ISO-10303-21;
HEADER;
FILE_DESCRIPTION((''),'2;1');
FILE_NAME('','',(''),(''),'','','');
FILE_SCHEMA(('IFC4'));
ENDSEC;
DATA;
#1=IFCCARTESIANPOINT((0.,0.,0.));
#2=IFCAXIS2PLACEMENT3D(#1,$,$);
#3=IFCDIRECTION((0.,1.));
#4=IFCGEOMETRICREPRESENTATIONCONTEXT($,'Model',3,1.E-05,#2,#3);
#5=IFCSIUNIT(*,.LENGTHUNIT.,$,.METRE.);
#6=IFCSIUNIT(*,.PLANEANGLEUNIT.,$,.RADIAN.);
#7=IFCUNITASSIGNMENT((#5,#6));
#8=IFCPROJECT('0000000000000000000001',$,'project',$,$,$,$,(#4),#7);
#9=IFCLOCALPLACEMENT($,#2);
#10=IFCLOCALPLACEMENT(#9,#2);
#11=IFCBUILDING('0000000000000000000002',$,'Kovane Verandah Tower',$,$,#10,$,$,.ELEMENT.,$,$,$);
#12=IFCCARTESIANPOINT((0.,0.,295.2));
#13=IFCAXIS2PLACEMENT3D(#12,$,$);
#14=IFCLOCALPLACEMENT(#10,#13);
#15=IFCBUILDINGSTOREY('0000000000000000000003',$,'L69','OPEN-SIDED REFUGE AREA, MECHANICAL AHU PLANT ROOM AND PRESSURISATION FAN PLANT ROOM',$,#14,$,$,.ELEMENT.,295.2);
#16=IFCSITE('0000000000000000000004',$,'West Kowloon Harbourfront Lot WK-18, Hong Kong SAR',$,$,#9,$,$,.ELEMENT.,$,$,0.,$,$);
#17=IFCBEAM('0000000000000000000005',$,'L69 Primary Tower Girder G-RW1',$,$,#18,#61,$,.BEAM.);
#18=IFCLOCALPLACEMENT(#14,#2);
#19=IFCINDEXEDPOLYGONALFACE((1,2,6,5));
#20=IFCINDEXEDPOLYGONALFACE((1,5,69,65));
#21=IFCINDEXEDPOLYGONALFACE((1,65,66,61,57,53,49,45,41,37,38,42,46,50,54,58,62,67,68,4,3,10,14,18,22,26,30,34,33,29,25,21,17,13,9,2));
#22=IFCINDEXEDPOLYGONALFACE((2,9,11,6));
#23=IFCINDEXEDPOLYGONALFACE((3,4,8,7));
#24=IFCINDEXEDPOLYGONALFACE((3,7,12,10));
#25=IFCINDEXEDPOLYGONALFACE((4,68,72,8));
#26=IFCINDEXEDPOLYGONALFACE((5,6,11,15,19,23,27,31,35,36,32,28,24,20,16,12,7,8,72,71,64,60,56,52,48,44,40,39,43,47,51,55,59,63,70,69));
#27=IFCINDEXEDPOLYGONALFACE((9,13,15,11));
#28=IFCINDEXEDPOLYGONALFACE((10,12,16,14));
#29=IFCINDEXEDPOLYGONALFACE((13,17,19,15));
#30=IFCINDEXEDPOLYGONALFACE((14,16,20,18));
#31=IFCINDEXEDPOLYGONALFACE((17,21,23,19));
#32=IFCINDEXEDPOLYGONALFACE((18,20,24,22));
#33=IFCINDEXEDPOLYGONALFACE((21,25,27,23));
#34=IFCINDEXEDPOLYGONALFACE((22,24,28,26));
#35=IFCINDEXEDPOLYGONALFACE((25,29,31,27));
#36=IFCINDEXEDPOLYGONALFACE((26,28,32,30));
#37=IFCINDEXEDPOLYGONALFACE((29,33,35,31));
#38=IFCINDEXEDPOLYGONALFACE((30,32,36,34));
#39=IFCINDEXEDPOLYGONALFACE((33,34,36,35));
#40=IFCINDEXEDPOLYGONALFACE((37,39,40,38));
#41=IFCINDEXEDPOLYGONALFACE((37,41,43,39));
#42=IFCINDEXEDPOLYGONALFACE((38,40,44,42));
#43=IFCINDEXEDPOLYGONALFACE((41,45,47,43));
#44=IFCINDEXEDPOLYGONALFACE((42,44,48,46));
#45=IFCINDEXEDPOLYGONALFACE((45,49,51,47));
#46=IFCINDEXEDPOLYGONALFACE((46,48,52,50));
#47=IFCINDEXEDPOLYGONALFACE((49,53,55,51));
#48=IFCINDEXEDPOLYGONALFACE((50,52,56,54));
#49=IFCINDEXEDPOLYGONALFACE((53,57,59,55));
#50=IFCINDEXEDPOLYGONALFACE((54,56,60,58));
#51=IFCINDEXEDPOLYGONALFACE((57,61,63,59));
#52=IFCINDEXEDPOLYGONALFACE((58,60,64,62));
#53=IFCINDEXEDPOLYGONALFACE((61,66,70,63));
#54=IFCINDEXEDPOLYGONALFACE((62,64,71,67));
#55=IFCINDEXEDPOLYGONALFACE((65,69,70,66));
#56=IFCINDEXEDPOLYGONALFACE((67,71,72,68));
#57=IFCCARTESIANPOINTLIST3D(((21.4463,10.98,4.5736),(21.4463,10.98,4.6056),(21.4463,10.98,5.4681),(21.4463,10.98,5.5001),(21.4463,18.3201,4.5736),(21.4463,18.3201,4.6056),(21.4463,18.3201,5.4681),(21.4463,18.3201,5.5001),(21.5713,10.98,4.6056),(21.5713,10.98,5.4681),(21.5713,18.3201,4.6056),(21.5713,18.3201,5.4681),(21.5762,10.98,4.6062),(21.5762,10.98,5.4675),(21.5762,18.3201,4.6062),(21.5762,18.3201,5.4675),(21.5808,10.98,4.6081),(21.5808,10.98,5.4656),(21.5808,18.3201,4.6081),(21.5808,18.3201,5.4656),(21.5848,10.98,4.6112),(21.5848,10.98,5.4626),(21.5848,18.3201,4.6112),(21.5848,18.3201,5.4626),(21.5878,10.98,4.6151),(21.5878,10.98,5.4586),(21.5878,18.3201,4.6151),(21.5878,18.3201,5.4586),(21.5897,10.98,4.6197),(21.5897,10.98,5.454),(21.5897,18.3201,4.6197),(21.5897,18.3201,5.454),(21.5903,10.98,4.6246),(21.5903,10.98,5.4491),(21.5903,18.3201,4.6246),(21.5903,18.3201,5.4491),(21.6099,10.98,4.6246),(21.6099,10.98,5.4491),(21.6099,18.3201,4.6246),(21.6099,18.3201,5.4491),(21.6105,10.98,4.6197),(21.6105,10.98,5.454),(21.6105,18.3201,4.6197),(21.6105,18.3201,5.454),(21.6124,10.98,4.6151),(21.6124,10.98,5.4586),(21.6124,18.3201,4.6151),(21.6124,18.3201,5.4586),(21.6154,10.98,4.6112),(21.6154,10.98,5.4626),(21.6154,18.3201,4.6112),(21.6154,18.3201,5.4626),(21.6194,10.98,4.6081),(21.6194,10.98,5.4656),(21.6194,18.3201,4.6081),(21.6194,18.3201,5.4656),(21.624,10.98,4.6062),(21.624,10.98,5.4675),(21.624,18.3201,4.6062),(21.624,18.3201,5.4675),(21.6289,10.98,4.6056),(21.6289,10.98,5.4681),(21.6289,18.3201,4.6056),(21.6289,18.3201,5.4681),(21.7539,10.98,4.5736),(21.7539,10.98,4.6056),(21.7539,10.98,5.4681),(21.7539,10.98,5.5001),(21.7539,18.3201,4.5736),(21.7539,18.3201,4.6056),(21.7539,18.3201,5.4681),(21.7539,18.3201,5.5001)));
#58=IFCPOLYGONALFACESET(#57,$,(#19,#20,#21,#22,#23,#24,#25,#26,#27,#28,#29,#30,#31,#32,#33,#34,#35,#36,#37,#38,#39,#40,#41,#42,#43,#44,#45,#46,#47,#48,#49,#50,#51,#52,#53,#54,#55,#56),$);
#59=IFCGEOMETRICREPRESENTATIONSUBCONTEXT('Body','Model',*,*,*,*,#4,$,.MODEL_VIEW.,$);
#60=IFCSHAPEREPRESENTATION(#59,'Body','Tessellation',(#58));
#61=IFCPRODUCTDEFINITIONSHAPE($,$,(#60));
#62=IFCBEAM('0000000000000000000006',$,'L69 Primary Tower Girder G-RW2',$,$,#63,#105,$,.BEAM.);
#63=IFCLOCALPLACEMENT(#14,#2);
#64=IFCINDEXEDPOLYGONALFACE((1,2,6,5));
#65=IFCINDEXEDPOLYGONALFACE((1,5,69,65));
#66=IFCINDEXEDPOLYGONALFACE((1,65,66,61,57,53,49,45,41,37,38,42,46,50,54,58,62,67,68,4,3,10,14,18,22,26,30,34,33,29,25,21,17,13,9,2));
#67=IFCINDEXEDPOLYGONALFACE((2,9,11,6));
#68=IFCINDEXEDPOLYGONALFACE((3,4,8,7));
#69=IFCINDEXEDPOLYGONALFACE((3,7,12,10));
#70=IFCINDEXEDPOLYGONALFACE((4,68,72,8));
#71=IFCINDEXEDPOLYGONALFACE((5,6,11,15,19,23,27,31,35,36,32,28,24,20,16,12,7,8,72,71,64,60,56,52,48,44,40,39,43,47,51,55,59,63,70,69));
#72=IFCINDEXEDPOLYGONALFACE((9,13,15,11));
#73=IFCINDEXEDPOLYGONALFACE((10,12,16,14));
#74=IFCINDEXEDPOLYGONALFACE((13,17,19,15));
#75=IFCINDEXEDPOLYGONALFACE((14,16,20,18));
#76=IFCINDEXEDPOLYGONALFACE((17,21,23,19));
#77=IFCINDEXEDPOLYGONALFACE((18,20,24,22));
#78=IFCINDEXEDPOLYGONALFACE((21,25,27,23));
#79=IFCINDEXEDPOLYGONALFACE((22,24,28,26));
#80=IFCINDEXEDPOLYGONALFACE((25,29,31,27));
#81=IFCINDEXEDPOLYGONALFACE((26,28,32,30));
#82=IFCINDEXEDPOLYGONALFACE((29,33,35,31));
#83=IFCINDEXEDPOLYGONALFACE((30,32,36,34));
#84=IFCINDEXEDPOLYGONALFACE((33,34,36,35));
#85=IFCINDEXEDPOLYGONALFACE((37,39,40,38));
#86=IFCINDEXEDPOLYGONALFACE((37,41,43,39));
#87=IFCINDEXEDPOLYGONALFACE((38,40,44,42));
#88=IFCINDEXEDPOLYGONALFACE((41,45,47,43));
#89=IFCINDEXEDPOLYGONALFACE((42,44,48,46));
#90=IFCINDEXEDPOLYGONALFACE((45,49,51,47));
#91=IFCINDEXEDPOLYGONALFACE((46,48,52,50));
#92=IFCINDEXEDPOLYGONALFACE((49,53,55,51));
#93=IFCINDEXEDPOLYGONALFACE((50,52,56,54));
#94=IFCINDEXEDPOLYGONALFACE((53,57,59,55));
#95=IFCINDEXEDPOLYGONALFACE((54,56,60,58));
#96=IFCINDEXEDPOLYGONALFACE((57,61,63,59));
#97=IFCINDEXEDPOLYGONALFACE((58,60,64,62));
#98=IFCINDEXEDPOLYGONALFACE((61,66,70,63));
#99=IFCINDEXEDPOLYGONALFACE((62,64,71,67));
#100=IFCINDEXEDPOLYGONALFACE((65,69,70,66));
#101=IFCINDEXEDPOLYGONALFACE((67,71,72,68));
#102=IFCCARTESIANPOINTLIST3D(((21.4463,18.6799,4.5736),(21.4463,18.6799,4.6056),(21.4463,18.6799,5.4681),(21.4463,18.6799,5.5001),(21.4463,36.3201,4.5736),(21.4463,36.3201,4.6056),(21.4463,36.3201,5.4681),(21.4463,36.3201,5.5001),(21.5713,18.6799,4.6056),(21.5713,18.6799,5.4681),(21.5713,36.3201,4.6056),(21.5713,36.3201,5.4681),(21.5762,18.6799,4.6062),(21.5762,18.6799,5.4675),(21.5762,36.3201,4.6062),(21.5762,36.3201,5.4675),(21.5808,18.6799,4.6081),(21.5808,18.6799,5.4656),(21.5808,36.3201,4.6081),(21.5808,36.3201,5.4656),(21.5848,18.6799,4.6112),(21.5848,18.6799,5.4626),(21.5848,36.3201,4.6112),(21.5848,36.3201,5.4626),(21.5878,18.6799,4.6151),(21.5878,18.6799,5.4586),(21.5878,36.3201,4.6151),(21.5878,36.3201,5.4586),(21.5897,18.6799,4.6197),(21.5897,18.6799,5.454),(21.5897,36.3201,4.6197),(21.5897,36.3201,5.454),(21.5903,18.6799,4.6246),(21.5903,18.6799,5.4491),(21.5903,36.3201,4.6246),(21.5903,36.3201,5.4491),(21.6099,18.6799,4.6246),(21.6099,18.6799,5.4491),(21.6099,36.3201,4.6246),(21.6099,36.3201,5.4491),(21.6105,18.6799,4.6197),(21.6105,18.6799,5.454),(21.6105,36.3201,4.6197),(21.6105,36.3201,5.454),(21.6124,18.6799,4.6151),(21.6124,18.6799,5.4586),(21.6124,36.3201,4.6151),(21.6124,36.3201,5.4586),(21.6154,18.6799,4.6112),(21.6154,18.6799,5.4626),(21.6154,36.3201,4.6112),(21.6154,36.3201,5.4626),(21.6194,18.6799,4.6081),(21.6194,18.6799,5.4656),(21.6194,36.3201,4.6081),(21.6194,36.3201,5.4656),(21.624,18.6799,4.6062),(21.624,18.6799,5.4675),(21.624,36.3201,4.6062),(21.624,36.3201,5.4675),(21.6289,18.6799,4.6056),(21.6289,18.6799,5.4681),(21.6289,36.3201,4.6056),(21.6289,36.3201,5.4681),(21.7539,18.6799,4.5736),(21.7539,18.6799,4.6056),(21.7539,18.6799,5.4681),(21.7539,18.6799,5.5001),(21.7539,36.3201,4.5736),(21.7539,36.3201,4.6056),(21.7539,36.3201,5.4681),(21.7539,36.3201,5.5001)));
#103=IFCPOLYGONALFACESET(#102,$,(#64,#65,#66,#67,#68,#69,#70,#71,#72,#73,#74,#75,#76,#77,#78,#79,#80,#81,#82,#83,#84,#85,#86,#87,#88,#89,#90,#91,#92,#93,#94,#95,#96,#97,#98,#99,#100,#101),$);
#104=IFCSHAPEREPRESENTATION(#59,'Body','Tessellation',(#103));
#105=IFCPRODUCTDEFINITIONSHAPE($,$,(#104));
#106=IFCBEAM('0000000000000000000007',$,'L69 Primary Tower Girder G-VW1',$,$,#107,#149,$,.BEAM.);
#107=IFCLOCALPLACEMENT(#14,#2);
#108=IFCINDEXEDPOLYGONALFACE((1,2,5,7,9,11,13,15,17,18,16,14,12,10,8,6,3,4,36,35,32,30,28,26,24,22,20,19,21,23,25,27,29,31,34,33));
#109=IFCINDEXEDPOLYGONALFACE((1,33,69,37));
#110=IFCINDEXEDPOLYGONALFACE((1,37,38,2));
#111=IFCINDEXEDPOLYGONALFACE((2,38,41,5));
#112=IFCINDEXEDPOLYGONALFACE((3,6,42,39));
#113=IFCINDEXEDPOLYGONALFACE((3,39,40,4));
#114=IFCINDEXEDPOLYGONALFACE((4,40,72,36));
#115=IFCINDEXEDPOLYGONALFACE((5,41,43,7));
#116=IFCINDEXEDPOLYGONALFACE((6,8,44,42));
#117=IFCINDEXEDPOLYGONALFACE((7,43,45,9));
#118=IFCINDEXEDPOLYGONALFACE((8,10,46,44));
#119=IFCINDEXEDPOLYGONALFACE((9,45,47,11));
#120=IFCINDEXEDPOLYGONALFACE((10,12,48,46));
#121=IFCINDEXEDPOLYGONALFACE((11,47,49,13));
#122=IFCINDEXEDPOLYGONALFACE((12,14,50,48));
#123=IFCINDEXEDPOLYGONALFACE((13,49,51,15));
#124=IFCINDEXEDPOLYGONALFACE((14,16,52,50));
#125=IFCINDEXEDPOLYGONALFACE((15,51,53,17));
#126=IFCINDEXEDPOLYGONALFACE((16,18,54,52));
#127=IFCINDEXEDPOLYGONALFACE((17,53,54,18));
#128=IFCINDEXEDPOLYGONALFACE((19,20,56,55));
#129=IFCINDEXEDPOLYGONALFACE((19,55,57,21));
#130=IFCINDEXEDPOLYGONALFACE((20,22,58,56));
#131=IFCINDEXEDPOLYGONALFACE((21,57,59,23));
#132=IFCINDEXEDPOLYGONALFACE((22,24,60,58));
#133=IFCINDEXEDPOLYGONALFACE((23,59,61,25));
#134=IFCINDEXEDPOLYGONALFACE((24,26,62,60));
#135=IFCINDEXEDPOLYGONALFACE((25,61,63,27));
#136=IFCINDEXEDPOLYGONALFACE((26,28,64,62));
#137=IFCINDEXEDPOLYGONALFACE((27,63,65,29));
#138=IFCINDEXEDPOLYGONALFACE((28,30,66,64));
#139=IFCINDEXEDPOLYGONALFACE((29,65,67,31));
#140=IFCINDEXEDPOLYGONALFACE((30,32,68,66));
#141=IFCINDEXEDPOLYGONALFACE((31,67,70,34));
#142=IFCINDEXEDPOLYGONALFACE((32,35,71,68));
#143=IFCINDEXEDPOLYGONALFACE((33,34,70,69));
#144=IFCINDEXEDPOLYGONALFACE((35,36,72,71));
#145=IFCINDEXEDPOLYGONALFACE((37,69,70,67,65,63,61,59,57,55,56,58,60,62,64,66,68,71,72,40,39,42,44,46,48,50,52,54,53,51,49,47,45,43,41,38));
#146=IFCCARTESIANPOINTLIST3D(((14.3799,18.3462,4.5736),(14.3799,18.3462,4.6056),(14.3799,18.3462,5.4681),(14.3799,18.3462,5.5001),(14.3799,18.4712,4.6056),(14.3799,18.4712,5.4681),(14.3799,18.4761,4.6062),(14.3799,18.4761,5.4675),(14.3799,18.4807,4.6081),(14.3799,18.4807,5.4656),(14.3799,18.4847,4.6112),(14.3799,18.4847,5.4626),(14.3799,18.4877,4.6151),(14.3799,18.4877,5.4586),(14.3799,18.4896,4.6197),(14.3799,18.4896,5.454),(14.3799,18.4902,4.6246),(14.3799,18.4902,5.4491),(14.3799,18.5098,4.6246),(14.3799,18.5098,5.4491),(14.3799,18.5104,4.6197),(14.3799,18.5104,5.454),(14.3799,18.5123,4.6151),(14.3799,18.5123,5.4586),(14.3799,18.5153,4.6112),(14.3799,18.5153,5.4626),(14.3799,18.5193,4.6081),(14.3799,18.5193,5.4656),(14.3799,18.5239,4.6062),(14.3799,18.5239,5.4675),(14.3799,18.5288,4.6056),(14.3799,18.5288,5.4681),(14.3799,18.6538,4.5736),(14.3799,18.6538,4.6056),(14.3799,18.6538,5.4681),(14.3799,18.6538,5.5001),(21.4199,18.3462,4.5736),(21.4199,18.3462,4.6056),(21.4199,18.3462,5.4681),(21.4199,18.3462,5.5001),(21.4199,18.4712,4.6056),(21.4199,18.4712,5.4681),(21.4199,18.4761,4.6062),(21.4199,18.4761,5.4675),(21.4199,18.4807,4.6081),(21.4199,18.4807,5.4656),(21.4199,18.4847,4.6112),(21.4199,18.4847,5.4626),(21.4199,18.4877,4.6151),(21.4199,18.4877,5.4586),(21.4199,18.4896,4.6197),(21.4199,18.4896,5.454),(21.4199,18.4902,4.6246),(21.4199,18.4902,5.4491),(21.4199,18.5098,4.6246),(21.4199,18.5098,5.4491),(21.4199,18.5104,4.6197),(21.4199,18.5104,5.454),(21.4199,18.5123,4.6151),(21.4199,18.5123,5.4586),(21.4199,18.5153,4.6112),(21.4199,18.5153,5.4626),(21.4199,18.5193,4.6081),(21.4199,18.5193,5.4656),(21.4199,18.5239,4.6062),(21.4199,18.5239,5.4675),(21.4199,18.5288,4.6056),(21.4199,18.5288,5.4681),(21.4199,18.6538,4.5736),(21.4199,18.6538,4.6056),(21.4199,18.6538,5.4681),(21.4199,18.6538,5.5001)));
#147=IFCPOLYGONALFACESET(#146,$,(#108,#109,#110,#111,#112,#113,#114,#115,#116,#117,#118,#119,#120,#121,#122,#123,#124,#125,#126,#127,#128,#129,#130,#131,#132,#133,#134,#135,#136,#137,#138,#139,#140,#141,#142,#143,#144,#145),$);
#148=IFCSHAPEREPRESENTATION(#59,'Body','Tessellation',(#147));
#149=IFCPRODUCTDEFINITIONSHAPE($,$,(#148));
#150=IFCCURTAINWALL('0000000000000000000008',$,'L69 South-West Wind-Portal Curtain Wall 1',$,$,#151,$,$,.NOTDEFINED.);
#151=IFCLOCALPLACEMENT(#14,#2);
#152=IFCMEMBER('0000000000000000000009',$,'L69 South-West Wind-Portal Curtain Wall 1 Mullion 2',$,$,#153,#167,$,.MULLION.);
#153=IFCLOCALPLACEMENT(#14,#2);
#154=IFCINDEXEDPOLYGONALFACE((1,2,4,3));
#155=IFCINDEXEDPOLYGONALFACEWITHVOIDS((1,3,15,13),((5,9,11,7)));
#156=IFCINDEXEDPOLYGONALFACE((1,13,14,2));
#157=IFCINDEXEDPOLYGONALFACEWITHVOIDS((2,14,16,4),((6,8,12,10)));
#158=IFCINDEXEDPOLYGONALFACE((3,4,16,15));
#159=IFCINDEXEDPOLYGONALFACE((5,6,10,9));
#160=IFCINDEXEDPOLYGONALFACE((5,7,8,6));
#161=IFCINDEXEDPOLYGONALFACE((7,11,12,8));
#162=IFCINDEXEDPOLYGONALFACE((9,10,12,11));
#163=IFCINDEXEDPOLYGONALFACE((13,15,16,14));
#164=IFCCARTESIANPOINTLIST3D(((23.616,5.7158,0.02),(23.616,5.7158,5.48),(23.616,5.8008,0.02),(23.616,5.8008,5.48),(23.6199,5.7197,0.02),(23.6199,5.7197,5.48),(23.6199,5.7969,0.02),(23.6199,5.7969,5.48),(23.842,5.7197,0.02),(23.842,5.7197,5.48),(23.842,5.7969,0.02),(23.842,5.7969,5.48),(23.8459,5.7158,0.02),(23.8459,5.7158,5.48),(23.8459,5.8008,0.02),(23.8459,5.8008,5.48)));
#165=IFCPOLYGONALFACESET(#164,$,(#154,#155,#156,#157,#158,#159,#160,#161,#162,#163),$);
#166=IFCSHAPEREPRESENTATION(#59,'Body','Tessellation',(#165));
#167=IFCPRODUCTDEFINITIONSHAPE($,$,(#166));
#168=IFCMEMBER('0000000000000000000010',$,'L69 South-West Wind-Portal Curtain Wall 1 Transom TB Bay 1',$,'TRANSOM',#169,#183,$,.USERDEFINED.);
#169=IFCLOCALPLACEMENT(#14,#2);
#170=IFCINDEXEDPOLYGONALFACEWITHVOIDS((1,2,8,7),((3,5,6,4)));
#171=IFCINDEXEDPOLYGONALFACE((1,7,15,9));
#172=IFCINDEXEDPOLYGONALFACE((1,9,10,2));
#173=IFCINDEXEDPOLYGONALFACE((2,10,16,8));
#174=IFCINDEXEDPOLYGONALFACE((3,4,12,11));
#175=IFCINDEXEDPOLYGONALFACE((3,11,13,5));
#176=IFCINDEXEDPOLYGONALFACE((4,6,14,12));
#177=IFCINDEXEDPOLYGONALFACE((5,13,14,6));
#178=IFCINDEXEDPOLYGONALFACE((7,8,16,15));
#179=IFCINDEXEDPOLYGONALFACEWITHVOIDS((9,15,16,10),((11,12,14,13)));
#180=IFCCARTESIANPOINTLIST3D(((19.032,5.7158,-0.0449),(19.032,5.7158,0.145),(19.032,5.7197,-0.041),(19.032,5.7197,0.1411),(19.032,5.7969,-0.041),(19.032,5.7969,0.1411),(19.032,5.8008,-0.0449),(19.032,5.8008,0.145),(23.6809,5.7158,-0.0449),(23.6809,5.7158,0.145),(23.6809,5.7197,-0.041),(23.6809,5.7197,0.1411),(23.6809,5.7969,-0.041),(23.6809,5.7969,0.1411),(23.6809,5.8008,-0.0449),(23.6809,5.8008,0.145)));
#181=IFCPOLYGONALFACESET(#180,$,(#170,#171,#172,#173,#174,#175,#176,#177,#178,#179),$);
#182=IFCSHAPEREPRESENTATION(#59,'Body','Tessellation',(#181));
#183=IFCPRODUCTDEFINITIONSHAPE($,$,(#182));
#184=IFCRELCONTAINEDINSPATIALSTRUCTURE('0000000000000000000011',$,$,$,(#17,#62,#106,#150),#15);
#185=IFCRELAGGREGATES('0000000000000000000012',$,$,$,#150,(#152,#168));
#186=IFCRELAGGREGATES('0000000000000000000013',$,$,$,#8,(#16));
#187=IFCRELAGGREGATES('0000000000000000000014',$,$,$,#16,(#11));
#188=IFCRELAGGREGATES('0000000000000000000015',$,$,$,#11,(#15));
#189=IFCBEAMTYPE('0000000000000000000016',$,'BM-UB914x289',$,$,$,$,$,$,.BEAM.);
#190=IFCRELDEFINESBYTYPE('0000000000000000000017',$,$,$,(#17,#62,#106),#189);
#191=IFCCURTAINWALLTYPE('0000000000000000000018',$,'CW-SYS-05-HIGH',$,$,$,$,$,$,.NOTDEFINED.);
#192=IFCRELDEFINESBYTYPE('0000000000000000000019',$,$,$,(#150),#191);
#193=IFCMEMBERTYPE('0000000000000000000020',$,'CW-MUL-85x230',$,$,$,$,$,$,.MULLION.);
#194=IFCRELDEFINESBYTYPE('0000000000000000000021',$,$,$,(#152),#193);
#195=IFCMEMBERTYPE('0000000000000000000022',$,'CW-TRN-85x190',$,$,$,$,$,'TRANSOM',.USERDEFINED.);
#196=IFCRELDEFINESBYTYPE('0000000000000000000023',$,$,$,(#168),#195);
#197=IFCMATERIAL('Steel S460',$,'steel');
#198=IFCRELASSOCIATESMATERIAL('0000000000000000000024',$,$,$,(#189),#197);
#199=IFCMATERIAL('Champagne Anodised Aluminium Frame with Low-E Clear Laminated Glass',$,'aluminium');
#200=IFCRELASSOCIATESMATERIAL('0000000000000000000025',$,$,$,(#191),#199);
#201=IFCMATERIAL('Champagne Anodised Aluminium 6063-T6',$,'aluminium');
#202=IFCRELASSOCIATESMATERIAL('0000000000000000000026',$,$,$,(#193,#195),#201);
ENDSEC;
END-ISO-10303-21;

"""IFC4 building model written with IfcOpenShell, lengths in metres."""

from ifc_helpers import new_model, si_unit, direction, frame, origin, origin_2d, place, context, subcontext, project, spatial, hollow_rectangle, i_section, extrude, material, material_profile, profile_set, type_object, element, aggregate, save


model = new_model("IFC4")

# Units and contexts
model_context = context("Model", 3, precision=1e-05, world=origin(), true_north=direction((0.0, 1.0)))
body_context = subcontext(model_context, "Body", "Model", "MODEL_VIEW")
ifc_project = project(units=[si_unit("LENGTHUNIT", "METRE"), si_unit("PLANEANGLEUNIT", "RADIAN")], contexts=[model_context])

# Site, building, storey
site_placement = place(None, origin())
site = spatial("IfcSite", under=ifc_project, at=site_placement, Name="West Kowloon Harbourfront Lot WK-18, Hong Kong SAR", CompositionType="ELEMENT", RefElevation=0.0)
building_placement = place(site_placement, origin())
building = spatial("IfcBuilding", under=site, at=building_placement, Name="Kovane Verandah Tower", CompositionType="ELEMENT")
storey_placement = place(building_placement, frame((0.0, 0.0, 295.2)))
storey = spatial("IfcBuildingStorey", under=building, at=storey_placement, Name="L69", Description="OPEN-SIDED REFUGE AREA, MECHANICAL AHU PLANT ROOM AND PRESSURISATION FAN PLANT ROOM", CompositionType="ELEMENT", Elevation=295.2)

# Beams
ifc_material_1 = material(Name="Steel S460", Category="steel")
ifc_material_profile_1 = material_profile(ifc_material_1, i_section(OverallWidth=0.3076, OverallDepth=0.9265, WebThickness=0.0195, FlangeThickness=0.032, FilletRadius=0.019, at=origin_2d()), Name="UB914x305x289")
ifc_profile_set_1 = profile_set([ifc_material_profile_1], Name="Steel S460")
beam_type_1 = type_object("IfcBeamType", Name="BM-UB914x289", PredefinedType="BEAM", material=ifc_profile_set_1)
beam_1_placement = place(storey_placement, frame((21.6001, 10.98, 5.0369), z_axis=(0.0, 1.0, 0.0), x_axis=(-1.0, 0.0, 0.0)))
element("IfcBeam", 1, at=beam_1_placement, inside=storey, type_object=beam_type_1, Name="L69 Primary Tower Girder G-RW1", PredefinedType="BEAM", context=body_context, shape_type="SweptSolid", body=[
    extrude(i_section(OverallWidth=0.3076, OverallDepth=0.9265, WebThickness=0.0195, FlangeThickness=0.032, FilletRadius=0.019, at=origin_2d()), origin(), (0.0, 0.0, 1.0), 7.3401),
])
beam_2_placement = place(storey_placement, frame((21.6001, 18.6799, 5.0369), z_axis=(0.0, 1.0, 0.0), x_axis=(-1.0, 0.0, 0.0)))
element("IfcBeam", 2, at=beam_2_placement, inside=storey, type_object=beam_type_1, Name="L69 Primary Tower Girder G-RW2", PredefinedType="BEAM", context=body_context, shape_type="SweptSolid", body=[
    extrude(i_section(OverallWidth=0.3076, OverallDepth=0.9265, WebThickness=0.0195, FlangeThickness=0.032, FilletRadius=0.019, at=origin_2d()), origin(), (0.0, 0.0, 1.0), 17.6401),
])
beam_3_placement = place(storey_placement, frame((21.4199, 18.5, 5.0369), z_axis=(-1.0, 0.0, 0.0), x_axis=(0.0, -1.0, 0.0)))
element("IfcBeam", 3, at=beam_3_placement, inside=storey, type_object=beam_type_1, Name="L69 Primary Tower Girder G-VW1", PredefinedType="BEAM", context=body_context, shape_type="SweptSolid", body=[
    extrude(i_section(OverallWidth=0.3076, OverallDepth=0.9265, WebThickness=0.0195, FlangeThickness=0.032, FilletRadius=0.019, at=origin_2d()), origin(), (0.0, 0.0, 1.0), 7.04),
])

# Curtain wall, members
ifc_material_2 = material(Name="Champagne Anodised Aluminium Frame with Low-E Clear Laminated Glass", Category="aluminium")
curtain_wall_type = type_object("IfcCurtainWallType", Name="CW-SYS-05-HIGH", PredefinedType="NOTDEFINED", material=ifc_material_2)
curtain_wall_placement = place(storey_placement, origin())
curtain_wall = element("IfcCurtainWall", 4, at=curtain_wall_placement, inside=storey, type_object=curtain_wall_type, Name="L69 South-West Wind-Portal Curtain Wall 1", PredefinedType="NOTDEFINED")
ifc_material_3 = material(Name="Champagne Anodised Aluminium 6063-T6", Category="aluminium")
ifc_material_profile_2 = material_profile(ifc_material_3, hollow_rectangle(XDim=0.085, YDim=0.23, WallThickness=0.0039, at=origin_2d()), Name="AL85x230x4")
ifc_profile_set_2 = profile_set([ifc_material_profile_2], Name="Champagne Anodised Aluminium 6063-T6")
member_type_1 = type_object("IfcMemberType", Name="CW-MUL-85x230", PredefinedType="MULLION", material=ifc_profile_set_2)
member_1_placement = place(storey_placement, frame((23.731, 5.7583, 0.02), z_axis=(0.0, 0.0, 1.0), x_axis=(0.0, -1.0, 0.0)))
member_1 = element("IfcMember", 5, at=member_1_placement, type_object=member_type_1, Name="L69 South-West Wind-Portal Curtain Wall 1 Mullion 2", PredefinedType="MULLION", context=body_context, shape_type="SweptSolid", body=[
    extrude(hollow_rectangle(XDim=0.085, YDim=0.23, WallThickness=0.0039, at=origin_2d()), origin(), (0.0, 0.0, 1.0), 5.46),
])
ifc_material_profile_3 = material_profile(ifc_material_3, hollow_rectangle(XDim=0.085, YDim=0.1899, WallThickness=0.0039, at=origin_2d()), Name="AL85x190x4")
ifc_profile_set_3 = profile_set([ifc_material_profile_3], Name="Champagne Anodised Aluminium 6063-T6")
member_type_2 = type_object("IfcMemberType", Name="CW-TRN-85x190", ElementType="TRANSOM", PredefinedType="USERDEFINED", material=ifc_profile_set_3)
member_2_placement = place(storey_placement, frame((19.032, 5.7583, 0.05), z_axis=(1.0, 0.0, 0.0), x_axis=(0.0, 1.0, 0.0)))
member_2 = element("IfcMember", 6, at=member_2_placement, type_object=member_type_2, Name="L69 South-West Wind-Portal Curtain Wall 1 Transom TB Bay 1", ObjectType="TRANSOM", PredefinedType="USERDEFINED", context=body_context, shape_type="SweptSolid", body=[
    extrude(hollow_rectangle(XDim=0.085, YDim=0.1899, WallThickness=0.0039, at=origin_2d()), origin(), (0.0, 0.0, 1.0), 4.6489),
])

aggregate(curtain_wall, [member_1, member_2])

save(model, "model.ifc")
